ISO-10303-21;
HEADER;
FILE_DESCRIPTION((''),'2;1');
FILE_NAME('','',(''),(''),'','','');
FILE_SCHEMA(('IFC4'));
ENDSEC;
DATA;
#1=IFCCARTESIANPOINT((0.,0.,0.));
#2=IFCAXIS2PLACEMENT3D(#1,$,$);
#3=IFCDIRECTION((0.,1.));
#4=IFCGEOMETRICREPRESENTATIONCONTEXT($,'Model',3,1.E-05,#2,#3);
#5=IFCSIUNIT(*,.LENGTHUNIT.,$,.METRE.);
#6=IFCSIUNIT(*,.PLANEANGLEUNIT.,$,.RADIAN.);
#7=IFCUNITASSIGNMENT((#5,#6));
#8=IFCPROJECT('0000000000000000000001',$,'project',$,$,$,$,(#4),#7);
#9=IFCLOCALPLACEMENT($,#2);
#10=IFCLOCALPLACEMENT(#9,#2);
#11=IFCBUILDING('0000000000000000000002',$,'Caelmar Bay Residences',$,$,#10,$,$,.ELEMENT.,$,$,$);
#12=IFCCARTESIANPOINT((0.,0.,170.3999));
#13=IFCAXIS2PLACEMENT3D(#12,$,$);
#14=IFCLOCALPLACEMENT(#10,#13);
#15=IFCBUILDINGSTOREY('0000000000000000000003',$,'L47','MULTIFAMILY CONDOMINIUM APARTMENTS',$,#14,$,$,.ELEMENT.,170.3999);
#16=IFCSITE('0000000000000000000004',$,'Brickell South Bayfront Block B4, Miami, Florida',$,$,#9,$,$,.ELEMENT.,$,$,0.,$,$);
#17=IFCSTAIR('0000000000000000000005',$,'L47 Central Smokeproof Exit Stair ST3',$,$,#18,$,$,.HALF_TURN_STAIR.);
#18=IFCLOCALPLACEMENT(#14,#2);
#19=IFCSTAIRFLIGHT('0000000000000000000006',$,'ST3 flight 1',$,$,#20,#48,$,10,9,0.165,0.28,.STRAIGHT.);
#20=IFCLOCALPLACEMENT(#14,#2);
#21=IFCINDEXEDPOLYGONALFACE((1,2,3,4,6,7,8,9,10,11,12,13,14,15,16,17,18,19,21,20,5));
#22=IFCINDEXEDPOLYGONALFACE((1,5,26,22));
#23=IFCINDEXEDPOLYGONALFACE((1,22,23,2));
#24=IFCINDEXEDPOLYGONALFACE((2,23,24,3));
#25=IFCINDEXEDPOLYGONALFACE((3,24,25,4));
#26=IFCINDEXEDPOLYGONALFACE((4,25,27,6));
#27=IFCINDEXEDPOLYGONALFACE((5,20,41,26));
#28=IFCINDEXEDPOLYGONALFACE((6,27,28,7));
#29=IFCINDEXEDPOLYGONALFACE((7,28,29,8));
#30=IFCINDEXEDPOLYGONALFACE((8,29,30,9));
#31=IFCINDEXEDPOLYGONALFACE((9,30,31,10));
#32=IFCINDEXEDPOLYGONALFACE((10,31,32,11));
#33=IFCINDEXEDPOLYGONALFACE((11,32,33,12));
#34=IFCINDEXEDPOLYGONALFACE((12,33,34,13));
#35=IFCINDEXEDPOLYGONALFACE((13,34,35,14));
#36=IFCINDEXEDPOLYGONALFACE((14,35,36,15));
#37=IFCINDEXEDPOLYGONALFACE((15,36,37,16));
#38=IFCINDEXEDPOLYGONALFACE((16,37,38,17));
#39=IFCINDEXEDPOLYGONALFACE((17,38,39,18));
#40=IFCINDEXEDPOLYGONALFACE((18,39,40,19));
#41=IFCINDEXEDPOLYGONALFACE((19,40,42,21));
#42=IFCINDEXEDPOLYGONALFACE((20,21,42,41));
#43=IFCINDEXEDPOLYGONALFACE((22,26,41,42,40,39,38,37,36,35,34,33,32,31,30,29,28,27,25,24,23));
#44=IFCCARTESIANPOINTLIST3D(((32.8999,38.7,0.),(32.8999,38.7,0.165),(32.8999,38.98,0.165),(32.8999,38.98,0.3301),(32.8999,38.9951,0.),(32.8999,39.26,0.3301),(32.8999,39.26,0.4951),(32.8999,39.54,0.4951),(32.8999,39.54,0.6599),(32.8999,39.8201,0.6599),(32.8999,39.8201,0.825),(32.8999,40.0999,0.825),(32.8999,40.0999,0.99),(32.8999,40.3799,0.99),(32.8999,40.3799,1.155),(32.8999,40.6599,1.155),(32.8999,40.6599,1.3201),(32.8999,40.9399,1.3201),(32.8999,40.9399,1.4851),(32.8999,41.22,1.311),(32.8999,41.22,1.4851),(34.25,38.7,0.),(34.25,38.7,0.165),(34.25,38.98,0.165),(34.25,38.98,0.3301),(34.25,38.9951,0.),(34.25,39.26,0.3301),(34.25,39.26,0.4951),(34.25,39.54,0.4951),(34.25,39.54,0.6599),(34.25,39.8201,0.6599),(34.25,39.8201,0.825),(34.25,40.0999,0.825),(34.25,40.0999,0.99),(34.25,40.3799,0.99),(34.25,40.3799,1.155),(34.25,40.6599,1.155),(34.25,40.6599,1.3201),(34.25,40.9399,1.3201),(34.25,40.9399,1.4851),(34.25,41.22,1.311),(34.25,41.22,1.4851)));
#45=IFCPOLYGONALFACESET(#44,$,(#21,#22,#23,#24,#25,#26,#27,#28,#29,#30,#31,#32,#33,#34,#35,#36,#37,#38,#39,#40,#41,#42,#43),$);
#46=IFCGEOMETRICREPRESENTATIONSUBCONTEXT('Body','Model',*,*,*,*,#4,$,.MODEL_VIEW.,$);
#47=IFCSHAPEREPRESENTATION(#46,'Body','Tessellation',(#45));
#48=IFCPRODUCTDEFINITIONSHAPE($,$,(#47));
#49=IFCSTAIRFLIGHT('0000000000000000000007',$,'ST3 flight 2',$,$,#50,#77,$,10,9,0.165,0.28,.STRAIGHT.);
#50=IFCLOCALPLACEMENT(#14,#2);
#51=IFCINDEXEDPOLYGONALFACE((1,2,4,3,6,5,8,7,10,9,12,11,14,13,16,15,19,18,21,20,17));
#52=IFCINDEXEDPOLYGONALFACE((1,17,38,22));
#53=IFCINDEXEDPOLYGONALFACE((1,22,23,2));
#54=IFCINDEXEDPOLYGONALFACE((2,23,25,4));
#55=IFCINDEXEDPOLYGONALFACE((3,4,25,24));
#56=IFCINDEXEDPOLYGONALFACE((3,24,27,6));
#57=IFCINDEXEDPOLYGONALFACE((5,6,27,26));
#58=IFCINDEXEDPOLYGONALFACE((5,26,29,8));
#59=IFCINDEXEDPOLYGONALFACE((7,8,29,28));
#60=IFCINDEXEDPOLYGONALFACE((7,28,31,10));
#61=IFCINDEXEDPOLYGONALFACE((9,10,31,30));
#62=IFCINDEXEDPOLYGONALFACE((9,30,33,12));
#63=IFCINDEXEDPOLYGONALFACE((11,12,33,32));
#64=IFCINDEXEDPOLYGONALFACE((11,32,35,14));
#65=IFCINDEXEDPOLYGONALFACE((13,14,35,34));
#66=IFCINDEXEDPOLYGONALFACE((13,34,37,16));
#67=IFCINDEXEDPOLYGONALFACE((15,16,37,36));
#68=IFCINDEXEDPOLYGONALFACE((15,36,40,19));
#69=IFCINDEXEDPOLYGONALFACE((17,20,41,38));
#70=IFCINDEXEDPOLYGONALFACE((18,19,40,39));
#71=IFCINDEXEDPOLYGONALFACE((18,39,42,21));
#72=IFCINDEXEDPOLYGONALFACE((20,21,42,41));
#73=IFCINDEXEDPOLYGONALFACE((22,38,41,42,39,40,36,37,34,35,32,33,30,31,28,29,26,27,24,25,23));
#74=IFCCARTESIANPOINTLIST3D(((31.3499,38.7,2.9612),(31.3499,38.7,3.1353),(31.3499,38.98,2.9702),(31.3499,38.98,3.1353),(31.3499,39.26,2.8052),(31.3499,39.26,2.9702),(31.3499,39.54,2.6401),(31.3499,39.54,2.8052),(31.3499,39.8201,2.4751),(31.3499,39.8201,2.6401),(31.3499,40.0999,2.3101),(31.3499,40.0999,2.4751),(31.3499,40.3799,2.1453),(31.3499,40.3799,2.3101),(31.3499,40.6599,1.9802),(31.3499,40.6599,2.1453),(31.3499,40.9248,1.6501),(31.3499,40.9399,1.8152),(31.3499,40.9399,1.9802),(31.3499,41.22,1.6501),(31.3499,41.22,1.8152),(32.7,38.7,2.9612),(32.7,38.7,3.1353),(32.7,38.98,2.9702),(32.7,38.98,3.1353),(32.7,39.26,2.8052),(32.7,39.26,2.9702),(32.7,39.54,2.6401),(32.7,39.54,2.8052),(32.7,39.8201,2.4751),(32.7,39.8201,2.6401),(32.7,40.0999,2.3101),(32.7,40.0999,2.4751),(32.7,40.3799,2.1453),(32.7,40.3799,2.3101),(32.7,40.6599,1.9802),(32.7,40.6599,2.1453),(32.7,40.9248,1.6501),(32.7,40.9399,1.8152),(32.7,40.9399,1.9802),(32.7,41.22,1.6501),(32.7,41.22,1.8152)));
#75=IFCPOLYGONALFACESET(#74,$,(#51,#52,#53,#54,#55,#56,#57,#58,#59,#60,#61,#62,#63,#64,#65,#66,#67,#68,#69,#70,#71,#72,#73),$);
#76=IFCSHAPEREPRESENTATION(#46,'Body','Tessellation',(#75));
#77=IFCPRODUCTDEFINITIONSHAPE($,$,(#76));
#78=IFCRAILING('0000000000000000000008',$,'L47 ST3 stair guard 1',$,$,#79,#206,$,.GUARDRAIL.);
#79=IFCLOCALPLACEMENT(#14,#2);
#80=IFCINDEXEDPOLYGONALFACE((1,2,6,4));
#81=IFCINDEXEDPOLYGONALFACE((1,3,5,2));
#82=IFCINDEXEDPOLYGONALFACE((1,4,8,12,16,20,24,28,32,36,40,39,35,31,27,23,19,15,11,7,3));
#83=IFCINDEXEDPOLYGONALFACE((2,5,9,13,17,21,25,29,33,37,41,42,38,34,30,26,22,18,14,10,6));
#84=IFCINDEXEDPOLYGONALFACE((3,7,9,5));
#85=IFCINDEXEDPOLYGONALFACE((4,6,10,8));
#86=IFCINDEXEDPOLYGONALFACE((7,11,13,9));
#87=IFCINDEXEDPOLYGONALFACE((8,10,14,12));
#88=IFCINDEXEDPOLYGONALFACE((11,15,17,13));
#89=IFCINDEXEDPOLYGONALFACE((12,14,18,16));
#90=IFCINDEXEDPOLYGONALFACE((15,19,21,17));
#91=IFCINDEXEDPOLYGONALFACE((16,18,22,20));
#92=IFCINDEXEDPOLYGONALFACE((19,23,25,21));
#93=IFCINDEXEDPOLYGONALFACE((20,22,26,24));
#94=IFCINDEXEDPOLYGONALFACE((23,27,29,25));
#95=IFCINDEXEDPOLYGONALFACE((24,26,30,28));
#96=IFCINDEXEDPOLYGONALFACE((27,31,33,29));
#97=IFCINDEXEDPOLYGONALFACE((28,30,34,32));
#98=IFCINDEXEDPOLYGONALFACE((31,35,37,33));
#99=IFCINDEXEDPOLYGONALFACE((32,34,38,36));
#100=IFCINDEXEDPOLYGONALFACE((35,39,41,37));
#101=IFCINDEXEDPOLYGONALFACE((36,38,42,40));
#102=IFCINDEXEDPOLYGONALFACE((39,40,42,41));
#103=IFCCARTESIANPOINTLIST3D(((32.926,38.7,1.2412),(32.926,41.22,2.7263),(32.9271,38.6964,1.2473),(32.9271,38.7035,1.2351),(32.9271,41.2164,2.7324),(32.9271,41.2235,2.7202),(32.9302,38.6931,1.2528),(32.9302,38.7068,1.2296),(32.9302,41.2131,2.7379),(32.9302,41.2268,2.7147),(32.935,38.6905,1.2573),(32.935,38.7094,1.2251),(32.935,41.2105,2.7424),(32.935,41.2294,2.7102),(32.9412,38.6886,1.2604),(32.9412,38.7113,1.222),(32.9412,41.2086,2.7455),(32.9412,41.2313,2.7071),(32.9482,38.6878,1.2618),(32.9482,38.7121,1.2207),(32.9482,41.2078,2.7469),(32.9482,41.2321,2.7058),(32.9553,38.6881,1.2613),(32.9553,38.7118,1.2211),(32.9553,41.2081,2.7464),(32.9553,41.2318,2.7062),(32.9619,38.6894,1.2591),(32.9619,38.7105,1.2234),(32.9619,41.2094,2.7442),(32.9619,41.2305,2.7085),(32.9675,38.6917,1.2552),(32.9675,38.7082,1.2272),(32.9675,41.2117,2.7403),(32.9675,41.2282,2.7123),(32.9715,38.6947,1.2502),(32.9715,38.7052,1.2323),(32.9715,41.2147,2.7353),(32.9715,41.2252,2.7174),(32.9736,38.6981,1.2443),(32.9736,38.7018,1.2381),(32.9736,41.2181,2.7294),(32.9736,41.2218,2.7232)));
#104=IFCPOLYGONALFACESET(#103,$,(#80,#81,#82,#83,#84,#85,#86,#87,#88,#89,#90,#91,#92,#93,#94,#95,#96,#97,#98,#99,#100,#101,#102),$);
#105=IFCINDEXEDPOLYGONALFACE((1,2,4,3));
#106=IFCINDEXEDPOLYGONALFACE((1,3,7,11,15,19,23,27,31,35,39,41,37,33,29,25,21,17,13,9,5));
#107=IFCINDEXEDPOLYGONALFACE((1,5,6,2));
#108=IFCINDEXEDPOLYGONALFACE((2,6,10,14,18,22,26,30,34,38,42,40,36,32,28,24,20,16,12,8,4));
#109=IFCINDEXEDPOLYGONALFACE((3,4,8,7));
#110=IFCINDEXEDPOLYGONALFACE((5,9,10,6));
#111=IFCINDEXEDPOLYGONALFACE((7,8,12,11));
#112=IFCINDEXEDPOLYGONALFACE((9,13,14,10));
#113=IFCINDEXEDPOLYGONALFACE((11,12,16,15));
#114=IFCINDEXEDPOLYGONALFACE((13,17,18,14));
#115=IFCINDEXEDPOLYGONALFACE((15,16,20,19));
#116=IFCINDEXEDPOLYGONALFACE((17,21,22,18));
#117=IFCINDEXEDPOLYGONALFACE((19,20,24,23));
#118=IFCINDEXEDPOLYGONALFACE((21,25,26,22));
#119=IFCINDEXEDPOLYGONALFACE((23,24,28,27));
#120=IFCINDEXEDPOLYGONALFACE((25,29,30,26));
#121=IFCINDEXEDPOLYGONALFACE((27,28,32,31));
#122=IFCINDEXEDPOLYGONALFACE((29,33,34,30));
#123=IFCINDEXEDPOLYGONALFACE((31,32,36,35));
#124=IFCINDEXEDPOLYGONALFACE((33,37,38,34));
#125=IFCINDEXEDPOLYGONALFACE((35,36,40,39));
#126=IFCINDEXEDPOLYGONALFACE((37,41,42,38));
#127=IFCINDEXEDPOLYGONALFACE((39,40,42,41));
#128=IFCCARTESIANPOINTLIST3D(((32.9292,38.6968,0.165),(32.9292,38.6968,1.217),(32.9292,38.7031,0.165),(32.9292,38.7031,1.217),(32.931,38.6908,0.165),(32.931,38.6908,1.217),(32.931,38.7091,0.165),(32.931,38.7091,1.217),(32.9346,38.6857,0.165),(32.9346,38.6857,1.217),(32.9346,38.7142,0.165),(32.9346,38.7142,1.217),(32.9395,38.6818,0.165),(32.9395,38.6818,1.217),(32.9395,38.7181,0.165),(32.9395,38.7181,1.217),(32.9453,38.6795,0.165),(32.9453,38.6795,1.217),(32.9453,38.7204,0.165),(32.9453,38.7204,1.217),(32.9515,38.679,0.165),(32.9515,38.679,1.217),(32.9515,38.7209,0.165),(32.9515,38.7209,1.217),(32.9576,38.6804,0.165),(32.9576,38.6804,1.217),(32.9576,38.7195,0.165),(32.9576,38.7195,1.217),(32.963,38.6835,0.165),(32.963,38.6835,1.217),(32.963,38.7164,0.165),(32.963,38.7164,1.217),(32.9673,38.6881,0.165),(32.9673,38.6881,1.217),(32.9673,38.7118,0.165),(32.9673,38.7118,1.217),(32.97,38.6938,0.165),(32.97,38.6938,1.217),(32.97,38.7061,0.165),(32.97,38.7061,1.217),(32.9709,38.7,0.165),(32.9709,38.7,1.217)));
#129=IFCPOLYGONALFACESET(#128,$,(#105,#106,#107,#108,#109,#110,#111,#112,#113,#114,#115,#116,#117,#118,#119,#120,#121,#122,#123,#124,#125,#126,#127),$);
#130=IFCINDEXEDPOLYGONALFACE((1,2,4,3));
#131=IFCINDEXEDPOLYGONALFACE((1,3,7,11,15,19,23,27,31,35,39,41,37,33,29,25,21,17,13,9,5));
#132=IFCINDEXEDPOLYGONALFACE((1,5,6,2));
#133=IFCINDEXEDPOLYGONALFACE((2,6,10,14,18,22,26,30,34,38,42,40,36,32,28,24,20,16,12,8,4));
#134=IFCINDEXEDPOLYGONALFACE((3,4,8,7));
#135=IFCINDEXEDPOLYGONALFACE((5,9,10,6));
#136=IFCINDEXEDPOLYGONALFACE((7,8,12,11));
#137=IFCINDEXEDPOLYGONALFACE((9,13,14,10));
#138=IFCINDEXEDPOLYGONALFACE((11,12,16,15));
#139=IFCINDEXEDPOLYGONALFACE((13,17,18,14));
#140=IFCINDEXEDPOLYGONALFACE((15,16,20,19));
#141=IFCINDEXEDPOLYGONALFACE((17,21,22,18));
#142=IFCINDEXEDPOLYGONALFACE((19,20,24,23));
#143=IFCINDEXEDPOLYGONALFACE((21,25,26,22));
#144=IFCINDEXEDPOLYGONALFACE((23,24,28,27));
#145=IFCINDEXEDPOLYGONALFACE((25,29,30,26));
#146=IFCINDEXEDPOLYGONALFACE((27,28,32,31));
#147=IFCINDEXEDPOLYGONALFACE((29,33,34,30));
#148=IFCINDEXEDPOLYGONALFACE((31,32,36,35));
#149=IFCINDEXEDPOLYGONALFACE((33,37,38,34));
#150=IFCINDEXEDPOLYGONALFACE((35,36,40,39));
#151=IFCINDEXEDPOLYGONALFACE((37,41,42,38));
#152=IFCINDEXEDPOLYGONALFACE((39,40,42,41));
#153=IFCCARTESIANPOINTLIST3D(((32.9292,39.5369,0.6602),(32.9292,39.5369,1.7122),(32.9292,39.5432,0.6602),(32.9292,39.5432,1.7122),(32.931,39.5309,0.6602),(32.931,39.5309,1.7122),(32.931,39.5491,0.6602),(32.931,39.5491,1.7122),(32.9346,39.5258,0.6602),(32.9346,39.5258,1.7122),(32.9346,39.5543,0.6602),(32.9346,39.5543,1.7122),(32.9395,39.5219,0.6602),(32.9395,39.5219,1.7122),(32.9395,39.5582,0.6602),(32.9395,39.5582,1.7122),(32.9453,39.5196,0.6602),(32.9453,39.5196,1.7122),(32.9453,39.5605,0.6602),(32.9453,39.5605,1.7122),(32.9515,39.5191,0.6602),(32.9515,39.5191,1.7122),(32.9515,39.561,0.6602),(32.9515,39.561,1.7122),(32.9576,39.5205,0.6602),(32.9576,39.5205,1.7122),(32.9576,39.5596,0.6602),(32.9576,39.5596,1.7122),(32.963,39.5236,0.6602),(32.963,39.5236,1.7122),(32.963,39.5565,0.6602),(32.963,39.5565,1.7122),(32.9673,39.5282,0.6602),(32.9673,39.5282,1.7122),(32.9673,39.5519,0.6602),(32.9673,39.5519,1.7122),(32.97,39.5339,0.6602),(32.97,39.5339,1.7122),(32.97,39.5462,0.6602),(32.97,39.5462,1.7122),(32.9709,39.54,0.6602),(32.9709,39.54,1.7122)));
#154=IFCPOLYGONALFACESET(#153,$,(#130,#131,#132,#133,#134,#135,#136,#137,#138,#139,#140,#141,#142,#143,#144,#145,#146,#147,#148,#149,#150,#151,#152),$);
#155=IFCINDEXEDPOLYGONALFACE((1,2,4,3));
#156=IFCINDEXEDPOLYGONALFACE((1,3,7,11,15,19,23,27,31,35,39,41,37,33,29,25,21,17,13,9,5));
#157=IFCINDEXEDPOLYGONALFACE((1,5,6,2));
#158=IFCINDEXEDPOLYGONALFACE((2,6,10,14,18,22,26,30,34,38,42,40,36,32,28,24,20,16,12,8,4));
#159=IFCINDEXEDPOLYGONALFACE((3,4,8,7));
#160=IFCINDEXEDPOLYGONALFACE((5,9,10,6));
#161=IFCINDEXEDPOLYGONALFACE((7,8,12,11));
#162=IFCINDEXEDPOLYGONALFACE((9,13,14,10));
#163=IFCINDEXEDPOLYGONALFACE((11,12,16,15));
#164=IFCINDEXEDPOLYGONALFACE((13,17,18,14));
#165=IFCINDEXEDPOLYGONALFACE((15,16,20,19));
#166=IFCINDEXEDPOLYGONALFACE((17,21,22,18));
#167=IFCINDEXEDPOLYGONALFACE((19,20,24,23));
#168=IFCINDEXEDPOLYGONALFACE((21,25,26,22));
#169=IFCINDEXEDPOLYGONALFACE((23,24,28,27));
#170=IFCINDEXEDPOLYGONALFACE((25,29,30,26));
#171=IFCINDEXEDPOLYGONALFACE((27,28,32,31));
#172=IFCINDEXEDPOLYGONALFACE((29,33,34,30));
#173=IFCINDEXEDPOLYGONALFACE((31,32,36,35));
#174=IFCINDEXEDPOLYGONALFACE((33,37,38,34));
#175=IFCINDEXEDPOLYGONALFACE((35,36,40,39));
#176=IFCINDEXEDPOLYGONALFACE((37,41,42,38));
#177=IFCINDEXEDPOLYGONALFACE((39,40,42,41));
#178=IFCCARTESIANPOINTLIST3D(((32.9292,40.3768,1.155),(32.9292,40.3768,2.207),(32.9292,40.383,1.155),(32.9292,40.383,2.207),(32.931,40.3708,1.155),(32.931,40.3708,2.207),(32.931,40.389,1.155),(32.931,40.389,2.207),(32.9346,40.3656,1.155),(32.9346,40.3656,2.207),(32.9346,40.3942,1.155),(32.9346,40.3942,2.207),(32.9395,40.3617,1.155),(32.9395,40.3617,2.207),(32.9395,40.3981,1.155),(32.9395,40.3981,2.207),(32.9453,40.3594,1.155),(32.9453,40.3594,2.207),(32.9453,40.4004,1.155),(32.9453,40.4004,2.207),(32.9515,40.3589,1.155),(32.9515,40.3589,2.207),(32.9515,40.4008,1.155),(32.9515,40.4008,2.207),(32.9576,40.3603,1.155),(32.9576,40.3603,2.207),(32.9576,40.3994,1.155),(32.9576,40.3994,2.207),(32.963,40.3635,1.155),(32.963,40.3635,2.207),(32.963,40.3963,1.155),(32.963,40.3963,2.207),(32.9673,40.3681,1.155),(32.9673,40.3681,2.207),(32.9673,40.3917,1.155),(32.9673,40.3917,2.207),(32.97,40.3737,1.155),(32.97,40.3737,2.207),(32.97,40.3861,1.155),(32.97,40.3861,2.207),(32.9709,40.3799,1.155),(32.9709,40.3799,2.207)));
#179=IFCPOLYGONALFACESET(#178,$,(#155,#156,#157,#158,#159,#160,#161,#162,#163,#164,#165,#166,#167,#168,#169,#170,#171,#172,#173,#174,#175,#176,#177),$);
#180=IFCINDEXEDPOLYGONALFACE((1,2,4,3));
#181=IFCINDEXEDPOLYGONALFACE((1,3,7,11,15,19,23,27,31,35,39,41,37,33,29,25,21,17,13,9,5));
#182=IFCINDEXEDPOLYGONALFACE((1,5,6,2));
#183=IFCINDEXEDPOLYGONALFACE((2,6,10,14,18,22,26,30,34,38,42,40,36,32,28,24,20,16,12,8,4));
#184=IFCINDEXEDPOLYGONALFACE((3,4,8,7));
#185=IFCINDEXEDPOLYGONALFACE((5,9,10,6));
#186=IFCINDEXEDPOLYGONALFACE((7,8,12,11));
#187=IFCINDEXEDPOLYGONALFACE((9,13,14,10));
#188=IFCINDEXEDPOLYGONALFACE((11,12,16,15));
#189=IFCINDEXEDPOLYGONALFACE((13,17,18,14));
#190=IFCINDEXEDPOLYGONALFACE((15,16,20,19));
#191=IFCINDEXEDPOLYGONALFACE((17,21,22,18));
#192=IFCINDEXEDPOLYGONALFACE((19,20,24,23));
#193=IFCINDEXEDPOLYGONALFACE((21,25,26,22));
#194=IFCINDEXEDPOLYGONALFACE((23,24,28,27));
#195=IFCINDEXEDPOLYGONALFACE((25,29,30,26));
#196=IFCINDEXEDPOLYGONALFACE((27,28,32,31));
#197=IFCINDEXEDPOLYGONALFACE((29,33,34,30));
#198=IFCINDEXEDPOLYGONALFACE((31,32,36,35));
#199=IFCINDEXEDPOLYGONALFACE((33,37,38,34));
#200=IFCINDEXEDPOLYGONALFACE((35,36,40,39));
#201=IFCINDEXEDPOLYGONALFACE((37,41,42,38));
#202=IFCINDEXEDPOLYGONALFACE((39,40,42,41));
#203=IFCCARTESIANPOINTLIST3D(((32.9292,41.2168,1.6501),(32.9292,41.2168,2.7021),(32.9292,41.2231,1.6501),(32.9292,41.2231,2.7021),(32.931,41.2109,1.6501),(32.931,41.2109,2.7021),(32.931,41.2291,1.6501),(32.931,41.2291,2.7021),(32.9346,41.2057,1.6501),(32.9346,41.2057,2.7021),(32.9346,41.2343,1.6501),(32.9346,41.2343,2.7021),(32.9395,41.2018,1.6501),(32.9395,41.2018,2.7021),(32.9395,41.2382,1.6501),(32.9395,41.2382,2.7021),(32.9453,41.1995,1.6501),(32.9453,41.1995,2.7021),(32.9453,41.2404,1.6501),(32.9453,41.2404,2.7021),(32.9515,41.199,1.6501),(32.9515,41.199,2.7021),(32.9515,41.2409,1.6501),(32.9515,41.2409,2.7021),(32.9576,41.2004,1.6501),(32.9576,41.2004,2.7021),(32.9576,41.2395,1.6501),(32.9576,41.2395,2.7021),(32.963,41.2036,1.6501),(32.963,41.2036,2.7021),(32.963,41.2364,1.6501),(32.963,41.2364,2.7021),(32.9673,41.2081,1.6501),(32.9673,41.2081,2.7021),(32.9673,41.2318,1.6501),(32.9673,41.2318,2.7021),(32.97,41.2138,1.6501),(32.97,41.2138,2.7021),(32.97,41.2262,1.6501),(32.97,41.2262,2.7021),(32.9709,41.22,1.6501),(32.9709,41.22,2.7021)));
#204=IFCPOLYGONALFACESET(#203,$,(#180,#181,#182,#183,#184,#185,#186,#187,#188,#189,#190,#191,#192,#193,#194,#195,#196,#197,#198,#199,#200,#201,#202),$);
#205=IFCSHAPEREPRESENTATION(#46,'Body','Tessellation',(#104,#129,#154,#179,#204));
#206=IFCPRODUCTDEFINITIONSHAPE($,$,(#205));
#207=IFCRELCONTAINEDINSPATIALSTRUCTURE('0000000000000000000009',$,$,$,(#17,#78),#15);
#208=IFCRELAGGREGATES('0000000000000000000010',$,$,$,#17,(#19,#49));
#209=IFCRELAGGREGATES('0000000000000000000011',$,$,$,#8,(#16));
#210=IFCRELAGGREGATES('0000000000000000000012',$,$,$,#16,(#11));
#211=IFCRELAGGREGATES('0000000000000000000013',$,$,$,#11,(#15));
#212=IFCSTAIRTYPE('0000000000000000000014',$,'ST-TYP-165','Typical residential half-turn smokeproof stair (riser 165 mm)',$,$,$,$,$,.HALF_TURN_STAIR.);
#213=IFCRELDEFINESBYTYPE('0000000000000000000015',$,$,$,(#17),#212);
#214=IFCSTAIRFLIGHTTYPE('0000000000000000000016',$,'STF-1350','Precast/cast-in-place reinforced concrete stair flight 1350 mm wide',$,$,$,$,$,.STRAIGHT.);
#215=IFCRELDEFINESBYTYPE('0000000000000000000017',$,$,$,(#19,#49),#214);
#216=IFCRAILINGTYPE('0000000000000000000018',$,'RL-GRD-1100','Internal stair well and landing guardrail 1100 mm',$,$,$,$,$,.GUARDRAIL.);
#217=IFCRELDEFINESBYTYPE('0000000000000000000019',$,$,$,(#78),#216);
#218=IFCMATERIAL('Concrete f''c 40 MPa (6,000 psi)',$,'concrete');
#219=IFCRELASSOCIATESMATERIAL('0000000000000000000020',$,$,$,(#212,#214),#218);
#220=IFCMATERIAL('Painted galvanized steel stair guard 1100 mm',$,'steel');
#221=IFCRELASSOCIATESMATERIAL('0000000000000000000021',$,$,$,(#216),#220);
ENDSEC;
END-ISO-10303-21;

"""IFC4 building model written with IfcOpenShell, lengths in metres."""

from ifc_helpers import new_model, si_unit, direction, frame, origin, origin_2d, place, context, subcontext, project, spatial, polyline, circle, outline, extrude, material, type_object, element, aggregate, save


model = new_model("IFC4")

# Units and contexts
model_context = context("Model", 3, precision=1e-05, world=origin(), true_north=direction((0.0, 1.0)))
body_context = subcontext(model_context, "Body", "Model", "MODEL_VIEW")
ifc_project = project(units=[si_unit("LENGTHUNIT", "METRE"), si_unit("PLANEANGLEUNIT", "RADIAN")], contexts=[model_context])

# Site, building, storey
site_placement = place(None, origin())
site = spatial("IfcSite", under=ifc_project, at=site_placement, Name="Brickell South Bayfront Block B4, Miami, Florida", CompositionType="ELEMENT", RefElevation=0.0)
building_placement = place(site_placement, origin())
building = spatial("IfcBuilding", under=site, at=building_placement, Name="Caelmar Bay Residences", CompositionType="ELEMENT")
storey_placement = place(building_placement, frame((0.0, 0.0, 170.3999)))
storey = spatial("IfcBuildingStorey", under=building, at=storey_placement, Name="L47", Description="MULTIFAMILY CONDOMINIUM APARTMENTS", CompositionType="ELEMENT", Elevation=170.3999)

# Stair, stair flights
ifc_material_1 = material(Name="Concrete f'c 40 MPa (6,000 psi)", Category="concrete")
stair_type = type_object("IfcStairType", Name="ST-TYP-165", Description="Typical residential half-turn smokeproof stair (riser 165 mm)", PredefinedType="HALF_TURN_STAIR", material=ifc_material_1)
stair_placement = place(storey_placement, origin())
stair = element("IfcStair", 1, at=stair_placement, inside=storey, type_object=stair_type, Name="L47 Central Smokeproof Exit Stair ST3", PredefinedType="HALF_TURN_STAIR")
stair_flight_type = type_object("IfcStairFlightType", Name="STF-1350", Description="Precast/cast-in-place reinforced concrete stair flight 1350 mm wide", PredefinedType="STRAIGHT", material=ifc_material_1)
stair_flight_1_placement = place(storey_placement, frame((33.575, 38.7, 0.0), z_axis=(0.0, 0.0, 1.0), x_axis=(0.0, 1.0, 0.0)))
stair_flight_1 = element("IfcStairFlight", 2, at=stair_flight_1_placement, type_object=stair_flight_type, Name="ST3 flight 1", NumberOfRisers=10, NumberOfTreads=9, PredefinedType="STRAIGHT", RiserHeight=0.165, TreadLength=0.28, context=body_context, shape_type="SweptSolid", body=[
    extrude(outline(polyline([(0.0, 0.0), (0.0, 0.165), (0.28, 0.165), (0.28, 0.3301), (0.5601, 0.3301), (0.5601, 0.4951), (0.8401, 0.4951), (0.8401, 0.6599), (1.1201, 0.6599), (1.1201, 0.825), (1.3999, 0.825), (1.3999, 0.99), (1.6799, 0.99), (1.6799, 1.155), (1.96, 1.155), (1.96, 1.3201), (2.24, 1.3201), (2.24, 1.4851), (2.52, 1.4851), (2.52, 1.6499), (2.52, 1.311), (0.2952, 0.0), (0.0, 0.0)])), frame((0.0, 0.675, 0.0), z_axis=(0.0, -1.0, 0.0), x_axis=(1.0, 0.0, 0.0)), (0.0, 0.0, 1.0), 1.3501),
])
stair_flight_2_placement = place(storey_placement, frame((32.0249, 41.22, 1.6501), z_axis=(0.0, 0.0, 1.0), x_axis=(0.0, -1.0, 0.0)))
stair_flight_2 = element("IfcStairFlight", 3, at=stair_flight_2_placement, type_object=stair_flight_type, Name="ST3 flight 2", NumberOfRisers=10, NumberOfTreads=9, PredefinedType="STRAIGHT", RiserHeight=0.165, TreadLength=0.28, context=body_context, shape_type="SweptSolid", body=[
    extrude(outline(polyline([(0.0, 0.0), (0.0, 0.165), (0.28, 0.165), (0.28, 0.3301), (0.5601, 0.3301), (0.5601, 0.4951), (0.8401, 0.4951), (0.8401, 0.6599), (1.1201, 0.6599), (1.1201, 0.825), (1.3999, 0.825), (1.3999, 0.99), (1.6799, 0.99), (1.6799, 1.155), (1.96, 1.155), (1.96, 1.3201), (2.24, 1.3201), (2.24, 1.4851), (2.52, 1.4851), (2.52, 1.6499), (2.52, 1.311), (0.2952, 0.0), (0.0, 0.0)])), frame((0.0, 0.675, 0.0), z_axis=(0.0, -1.0, 0.0), x_axis=(1.0, 0.0, 0.0)), (0.0, 0.0, 1.0), 1.3501),
])
aggregate(stair, [stair_flight_1, stair_flight_2])

# Railing
ifc_material_2 = material(Name="Painted galvanized steel stair guard 1100 mm", Category="steel")
railing_type_1 = type_object("IfcRailingType", Name="RL-GRD-1100", Description="Internal stair well and landing guardrail 1100 mm", PredefinedType="GUARDRAIL", material=ifc_material_2)
railing_1_placement = place(storey_placement, frame((32.95, 38.7, 0.165)))
element("IfcRailing", 4, at=railing_1_placement, inside=storey, type_object=railing_type_1, Name="L47 ST3 stair guard 1", PredefinedType="GUARDRAIL", context=body_context, shape_type="SweptSolid", body=[
    extrude(circle(Radius=0.0239, at=origin_2d()), frame((0.0, 0.0, 1.0762), z_axis=(0.0, 0.861524, 0.507717), x_axis=(-1.0, 0.0, 0.0)), (0.0, 0.0, 1.0), 2.925),
    extrude(circle(Radius=0.021, at=origin_2d()), origin(), (0.0, 0.0, 1.0), 1.052),
    extrude(circle(Radius=0.021, at=origin_2d()), frame((0.0, 0.8401, 0.4951)), (0.0, 0.0, 1.0), 1.052),
    extrude(circle(Radius=0.021, at=origin_2d()), frame((0.0, 1.6799, 0.99)), (0.0, 0.0, 1.0), 1.052),
    extrude(circle(Radius=0.021, at=origin_2d()), frame((0.0, 2.52, 1.4851)), (0.0, 0.0, 1.0), 1.052),
])

save(model, "model.ifc")
